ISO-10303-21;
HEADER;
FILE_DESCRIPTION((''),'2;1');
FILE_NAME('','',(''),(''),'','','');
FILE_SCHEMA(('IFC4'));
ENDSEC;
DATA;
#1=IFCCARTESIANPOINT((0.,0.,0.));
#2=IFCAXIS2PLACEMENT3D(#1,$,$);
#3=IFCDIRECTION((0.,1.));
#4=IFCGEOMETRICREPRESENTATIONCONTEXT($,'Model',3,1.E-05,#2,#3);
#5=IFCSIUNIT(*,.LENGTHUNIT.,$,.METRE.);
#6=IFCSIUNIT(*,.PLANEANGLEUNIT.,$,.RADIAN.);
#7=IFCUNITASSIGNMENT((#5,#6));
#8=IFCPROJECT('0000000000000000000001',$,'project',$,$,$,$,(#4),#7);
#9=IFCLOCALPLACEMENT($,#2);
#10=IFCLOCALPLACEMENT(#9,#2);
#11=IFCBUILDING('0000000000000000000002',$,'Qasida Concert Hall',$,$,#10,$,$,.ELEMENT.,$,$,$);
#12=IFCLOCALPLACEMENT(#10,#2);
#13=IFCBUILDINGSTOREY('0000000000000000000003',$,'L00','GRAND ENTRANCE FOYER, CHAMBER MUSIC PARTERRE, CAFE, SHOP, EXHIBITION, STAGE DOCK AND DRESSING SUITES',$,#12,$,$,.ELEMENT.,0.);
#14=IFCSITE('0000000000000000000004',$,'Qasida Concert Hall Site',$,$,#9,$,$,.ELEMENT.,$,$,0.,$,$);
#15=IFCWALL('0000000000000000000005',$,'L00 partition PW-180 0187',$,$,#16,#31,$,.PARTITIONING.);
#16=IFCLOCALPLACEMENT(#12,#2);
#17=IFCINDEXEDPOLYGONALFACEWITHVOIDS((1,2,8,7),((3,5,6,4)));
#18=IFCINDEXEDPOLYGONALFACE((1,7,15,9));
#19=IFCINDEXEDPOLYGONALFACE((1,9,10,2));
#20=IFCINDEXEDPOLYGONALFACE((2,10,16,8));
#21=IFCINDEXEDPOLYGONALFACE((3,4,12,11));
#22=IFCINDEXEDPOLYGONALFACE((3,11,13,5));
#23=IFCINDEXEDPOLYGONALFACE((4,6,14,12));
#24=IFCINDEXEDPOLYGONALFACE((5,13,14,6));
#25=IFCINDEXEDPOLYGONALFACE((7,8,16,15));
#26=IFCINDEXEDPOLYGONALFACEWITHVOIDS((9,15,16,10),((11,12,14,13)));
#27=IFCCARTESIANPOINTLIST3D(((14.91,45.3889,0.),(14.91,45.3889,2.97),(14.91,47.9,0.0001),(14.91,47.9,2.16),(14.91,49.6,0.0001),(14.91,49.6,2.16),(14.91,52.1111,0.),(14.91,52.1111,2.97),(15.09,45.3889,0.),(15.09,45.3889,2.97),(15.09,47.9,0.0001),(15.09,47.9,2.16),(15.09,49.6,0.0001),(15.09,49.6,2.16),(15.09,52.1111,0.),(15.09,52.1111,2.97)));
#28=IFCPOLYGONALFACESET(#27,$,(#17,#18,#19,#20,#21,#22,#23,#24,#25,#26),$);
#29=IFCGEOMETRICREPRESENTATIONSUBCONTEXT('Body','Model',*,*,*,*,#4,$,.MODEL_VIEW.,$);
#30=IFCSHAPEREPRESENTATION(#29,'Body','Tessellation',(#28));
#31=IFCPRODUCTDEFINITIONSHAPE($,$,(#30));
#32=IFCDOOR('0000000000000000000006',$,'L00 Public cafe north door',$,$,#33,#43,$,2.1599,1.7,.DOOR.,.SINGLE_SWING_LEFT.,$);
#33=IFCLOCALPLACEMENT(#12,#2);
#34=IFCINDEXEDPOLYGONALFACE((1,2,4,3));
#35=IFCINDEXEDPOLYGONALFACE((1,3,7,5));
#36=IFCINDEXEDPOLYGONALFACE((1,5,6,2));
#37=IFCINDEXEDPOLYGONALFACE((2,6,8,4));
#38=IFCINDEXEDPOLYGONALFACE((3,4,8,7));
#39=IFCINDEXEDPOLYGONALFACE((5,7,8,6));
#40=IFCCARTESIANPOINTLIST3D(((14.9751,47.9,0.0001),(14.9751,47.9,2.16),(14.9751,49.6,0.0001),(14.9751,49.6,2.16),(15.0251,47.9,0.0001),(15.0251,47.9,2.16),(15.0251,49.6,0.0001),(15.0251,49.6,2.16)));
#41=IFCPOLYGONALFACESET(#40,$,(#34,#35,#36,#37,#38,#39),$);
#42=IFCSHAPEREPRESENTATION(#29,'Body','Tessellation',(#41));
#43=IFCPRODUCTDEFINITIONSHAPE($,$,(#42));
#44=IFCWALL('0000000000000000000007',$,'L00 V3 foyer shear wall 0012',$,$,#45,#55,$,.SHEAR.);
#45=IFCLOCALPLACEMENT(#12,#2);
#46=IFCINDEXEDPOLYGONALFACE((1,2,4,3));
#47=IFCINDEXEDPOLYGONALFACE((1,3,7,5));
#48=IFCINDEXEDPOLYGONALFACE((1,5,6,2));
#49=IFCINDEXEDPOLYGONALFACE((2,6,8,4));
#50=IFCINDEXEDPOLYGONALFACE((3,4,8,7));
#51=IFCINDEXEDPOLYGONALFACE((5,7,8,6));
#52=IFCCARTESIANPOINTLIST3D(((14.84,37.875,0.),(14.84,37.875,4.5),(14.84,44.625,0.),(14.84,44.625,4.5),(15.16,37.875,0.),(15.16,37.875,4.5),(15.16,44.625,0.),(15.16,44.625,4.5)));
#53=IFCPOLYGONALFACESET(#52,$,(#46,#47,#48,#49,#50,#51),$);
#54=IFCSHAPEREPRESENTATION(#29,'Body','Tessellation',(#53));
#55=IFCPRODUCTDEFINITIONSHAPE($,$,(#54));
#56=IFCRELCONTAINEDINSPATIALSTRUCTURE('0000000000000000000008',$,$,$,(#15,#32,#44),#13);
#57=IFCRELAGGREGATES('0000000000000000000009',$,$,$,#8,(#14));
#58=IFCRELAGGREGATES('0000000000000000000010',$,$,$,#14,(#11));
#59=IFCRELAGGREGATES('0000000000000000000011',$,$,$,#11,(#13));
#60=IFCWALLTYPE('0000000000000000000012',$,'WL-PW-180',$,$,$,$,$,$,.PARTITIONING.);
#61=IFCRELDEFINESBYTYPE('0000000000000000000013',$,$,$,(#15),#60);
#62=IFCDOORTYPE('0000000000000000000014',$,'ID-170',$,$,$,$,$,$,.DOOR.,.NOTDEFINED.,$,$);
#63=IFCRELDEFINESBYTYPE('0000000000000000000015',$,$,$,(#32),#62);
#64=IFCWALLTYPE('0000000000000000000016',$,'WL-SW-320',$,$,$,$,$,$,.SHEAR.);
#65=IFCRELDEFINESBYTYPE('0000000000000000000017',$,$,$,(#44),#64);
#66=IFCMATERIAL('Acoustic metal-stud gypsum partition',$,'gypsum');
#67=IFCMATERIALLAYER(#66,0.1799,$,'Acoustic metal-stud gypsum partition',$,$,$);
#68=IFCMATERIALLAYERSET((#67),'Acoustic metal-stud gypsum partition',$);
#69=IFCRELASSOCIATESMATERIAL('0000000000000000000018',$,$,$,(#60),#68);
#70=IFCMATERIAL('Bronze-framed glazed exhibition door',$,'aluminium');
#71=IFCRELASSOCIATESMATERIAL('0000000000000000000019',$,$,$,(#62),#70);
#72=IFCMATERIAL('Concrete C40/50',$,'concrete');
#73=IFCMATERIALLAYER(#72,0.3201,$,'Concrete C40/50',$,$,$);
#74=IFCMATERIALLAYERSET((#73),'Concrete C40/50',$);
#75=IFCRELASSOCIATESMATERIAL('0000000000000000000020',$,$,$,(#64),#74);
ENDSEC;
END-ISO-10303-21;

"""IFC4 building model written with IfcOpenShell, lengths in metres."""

from ifc_helpers import new_model, si_unit, direction, frame, frame_2d, origin, place, context, subcontext, project, spatial, rectangle, extrude, material, layer, layer_set, type_object, element, fill, save


model = new_model("IFC4")

# Units and contexts
model_context = context("Model", 3, precision=1e-05, world=origin(), true_north=direction((0.0, 1.0)))
body_context = subcontext(model_context, "Body", "Model", "MODEL_VIEW")
ifc_project = project(units=[si_unit("LENGTHUNIT", "METRE"), si_unit("PLANEANGLEUNIT", "RADIAN")], contexts=[model_context])

# Site, building, storey
site_placement = place(None, origin())
site = spatial("IfcSite", under=ifc_project, at=site_placement, Name="Qasida Concert Hall Site", CompositionType="ELEMENT", RefElevation=0.0)
building_placement = place(site_placement, origin())
building = spatial("IfcBuilding", under=site, at=building_placement, Name="Qasida Concert Hall", CompositionType="ELEMENT")
storey_placement = place(building_placement, origin())
storey = spatial("IfcBuildingStorey", under=building, at=storey_placement, Name="L00", Description="GRAND ENTRANCE FOYER, CHAMBER MUSIC PARTERRE, CAFE, SHOP, EXHIBITION, STAGE DOCK AND DRESSING SUITES", CompositionType="ELEMENT", Elevation=0.0)

# Shared definitions
ifc_material_1 = material(Name="Concrete C40/50", Category="concrete")

# Shared definitions
ifc_material_2 = material(Name="Acoustic metal-stud gypsum partition", Category="gypsum")
ifc_layer_1 = layer(ifc_material_2, 0.1799, Name="Acoustic metal-stud gypsum partition")
ifc_layer_set_1 = layer_set([ifc_layer_1], Name="Acoustic metal-stud gypsum partition")
wall_type_1 = type_object("IfcWallType", Name="WL-PW-180", PredefinedType="PARTITIONING", material=ifc_layer_set_1)
ifc_material_3 = material(Name="Bronze-framed glazed exhibition door", Category="aluminium")
door_type = type_object("IfcDoorType", Name="ID-170", OperationType="NOTDEFINED", PredefinedType="DOOR", material=ifc_material_3)

# Wall, opening, door
wall_1_placement = place(storey_placement, frame((15.0, 45.3889, 0.0), z_axis=(0.0, 0.0, 1.0), x_axis=(0.0, 1.0, 0.0)))
wall_1 = element("IfcWall", 1, at=wall_1_placement, inside=storey, type_object=wall_type_1, Name="L00 partition PW-180 0187", PredefinedType="PARTITIONING", context=body_context, shape_type="SweptSolid", body=[
    extrude(rectangle(XDim=6.7222, YDim=0.1799, at=frame_2d((3.3611, 0.0))), origin(), (0.0, 0.0, 1.0), 2.97),
])
opening_1_placement = place(wall_1_placement, frame((2.511, 0.0, 0.0)))
opening_1 = element("IfcOpeningElement", 2, at=opening_1_placement, cuts=wall_1, PredefinedType="OPENING", context=body_context, shape_type="SweptSolid", body=[
    extrude(rectangle(XDim=1.7, YDim=2.1599, at=frame_2d((0.8501, 1.0801))), frame((0.0, 0.0999, 0.0), z_axis=(0.0, -1.0, 0.0), x_axis=(1.0, 0.0, 0.0)), (0.0, 0.0, 1.0), 0.2),
])
door_1_placement = place(opening_1_placement, origin())
door_1 = element("IfcDoor", 3, at=door_1_placement, inside=storey, type_object=door_type, Name="L00 Public cafe north door", OperationType="SINGLE_SWING_LEFT", OverallHeight=2.1599, OverallWidth=1.7, PredefinedType="DOOR", context=body_context, shape_type="SweptSolid", body=[
    extrude(rectangle(XDim=1.7, YDim=2.1599, at=frame_2d((0.8501, 1.0801))), frame((0.0, 0.0249, 0.0), z_axis=(0.0, -1.0, 0.0), x_axis=(1.0, 0.0, 0.0)), (0.0, 0.0, 1.0), 0.05),
])
fill(opening_1, door_1)

# Wall
ifc_layer_2 = layer(ifc_material_1, 0.3201, Name="Concrete C40/50")
ifc_layer_set_2 = layer_set([ifc_layer_2], Name="Concrete C40/50")
wall_type_2 = type_object("IfcWallType", Name="WL-SW-320", PredefinedType="SHEAR", material=ifc_layer_set_2)
wall_2_placement = place(storey_placement, frame((15.0, 37.875, 0.0), z_axis=(0.0, 0.0, 1.0), x_axis=(0.0, 1.0, 0.0)))
element("IfcWall", 4, at=wall_2_placement, inside=storey, type_object=wall_type_2, Name="L00 V3 foyer shear wall 0012", PredefinedType="SHEAR", context=body_context, shape_type="SweptSolid", body=[
    extrude(rectangle(XDim=6.75, YDim=0.3201, at=frame_2d((3.375, 0.0))), origin(), (0.0, 0.0, 1.0), 4.5),
])

save(model, "model.ifc")
